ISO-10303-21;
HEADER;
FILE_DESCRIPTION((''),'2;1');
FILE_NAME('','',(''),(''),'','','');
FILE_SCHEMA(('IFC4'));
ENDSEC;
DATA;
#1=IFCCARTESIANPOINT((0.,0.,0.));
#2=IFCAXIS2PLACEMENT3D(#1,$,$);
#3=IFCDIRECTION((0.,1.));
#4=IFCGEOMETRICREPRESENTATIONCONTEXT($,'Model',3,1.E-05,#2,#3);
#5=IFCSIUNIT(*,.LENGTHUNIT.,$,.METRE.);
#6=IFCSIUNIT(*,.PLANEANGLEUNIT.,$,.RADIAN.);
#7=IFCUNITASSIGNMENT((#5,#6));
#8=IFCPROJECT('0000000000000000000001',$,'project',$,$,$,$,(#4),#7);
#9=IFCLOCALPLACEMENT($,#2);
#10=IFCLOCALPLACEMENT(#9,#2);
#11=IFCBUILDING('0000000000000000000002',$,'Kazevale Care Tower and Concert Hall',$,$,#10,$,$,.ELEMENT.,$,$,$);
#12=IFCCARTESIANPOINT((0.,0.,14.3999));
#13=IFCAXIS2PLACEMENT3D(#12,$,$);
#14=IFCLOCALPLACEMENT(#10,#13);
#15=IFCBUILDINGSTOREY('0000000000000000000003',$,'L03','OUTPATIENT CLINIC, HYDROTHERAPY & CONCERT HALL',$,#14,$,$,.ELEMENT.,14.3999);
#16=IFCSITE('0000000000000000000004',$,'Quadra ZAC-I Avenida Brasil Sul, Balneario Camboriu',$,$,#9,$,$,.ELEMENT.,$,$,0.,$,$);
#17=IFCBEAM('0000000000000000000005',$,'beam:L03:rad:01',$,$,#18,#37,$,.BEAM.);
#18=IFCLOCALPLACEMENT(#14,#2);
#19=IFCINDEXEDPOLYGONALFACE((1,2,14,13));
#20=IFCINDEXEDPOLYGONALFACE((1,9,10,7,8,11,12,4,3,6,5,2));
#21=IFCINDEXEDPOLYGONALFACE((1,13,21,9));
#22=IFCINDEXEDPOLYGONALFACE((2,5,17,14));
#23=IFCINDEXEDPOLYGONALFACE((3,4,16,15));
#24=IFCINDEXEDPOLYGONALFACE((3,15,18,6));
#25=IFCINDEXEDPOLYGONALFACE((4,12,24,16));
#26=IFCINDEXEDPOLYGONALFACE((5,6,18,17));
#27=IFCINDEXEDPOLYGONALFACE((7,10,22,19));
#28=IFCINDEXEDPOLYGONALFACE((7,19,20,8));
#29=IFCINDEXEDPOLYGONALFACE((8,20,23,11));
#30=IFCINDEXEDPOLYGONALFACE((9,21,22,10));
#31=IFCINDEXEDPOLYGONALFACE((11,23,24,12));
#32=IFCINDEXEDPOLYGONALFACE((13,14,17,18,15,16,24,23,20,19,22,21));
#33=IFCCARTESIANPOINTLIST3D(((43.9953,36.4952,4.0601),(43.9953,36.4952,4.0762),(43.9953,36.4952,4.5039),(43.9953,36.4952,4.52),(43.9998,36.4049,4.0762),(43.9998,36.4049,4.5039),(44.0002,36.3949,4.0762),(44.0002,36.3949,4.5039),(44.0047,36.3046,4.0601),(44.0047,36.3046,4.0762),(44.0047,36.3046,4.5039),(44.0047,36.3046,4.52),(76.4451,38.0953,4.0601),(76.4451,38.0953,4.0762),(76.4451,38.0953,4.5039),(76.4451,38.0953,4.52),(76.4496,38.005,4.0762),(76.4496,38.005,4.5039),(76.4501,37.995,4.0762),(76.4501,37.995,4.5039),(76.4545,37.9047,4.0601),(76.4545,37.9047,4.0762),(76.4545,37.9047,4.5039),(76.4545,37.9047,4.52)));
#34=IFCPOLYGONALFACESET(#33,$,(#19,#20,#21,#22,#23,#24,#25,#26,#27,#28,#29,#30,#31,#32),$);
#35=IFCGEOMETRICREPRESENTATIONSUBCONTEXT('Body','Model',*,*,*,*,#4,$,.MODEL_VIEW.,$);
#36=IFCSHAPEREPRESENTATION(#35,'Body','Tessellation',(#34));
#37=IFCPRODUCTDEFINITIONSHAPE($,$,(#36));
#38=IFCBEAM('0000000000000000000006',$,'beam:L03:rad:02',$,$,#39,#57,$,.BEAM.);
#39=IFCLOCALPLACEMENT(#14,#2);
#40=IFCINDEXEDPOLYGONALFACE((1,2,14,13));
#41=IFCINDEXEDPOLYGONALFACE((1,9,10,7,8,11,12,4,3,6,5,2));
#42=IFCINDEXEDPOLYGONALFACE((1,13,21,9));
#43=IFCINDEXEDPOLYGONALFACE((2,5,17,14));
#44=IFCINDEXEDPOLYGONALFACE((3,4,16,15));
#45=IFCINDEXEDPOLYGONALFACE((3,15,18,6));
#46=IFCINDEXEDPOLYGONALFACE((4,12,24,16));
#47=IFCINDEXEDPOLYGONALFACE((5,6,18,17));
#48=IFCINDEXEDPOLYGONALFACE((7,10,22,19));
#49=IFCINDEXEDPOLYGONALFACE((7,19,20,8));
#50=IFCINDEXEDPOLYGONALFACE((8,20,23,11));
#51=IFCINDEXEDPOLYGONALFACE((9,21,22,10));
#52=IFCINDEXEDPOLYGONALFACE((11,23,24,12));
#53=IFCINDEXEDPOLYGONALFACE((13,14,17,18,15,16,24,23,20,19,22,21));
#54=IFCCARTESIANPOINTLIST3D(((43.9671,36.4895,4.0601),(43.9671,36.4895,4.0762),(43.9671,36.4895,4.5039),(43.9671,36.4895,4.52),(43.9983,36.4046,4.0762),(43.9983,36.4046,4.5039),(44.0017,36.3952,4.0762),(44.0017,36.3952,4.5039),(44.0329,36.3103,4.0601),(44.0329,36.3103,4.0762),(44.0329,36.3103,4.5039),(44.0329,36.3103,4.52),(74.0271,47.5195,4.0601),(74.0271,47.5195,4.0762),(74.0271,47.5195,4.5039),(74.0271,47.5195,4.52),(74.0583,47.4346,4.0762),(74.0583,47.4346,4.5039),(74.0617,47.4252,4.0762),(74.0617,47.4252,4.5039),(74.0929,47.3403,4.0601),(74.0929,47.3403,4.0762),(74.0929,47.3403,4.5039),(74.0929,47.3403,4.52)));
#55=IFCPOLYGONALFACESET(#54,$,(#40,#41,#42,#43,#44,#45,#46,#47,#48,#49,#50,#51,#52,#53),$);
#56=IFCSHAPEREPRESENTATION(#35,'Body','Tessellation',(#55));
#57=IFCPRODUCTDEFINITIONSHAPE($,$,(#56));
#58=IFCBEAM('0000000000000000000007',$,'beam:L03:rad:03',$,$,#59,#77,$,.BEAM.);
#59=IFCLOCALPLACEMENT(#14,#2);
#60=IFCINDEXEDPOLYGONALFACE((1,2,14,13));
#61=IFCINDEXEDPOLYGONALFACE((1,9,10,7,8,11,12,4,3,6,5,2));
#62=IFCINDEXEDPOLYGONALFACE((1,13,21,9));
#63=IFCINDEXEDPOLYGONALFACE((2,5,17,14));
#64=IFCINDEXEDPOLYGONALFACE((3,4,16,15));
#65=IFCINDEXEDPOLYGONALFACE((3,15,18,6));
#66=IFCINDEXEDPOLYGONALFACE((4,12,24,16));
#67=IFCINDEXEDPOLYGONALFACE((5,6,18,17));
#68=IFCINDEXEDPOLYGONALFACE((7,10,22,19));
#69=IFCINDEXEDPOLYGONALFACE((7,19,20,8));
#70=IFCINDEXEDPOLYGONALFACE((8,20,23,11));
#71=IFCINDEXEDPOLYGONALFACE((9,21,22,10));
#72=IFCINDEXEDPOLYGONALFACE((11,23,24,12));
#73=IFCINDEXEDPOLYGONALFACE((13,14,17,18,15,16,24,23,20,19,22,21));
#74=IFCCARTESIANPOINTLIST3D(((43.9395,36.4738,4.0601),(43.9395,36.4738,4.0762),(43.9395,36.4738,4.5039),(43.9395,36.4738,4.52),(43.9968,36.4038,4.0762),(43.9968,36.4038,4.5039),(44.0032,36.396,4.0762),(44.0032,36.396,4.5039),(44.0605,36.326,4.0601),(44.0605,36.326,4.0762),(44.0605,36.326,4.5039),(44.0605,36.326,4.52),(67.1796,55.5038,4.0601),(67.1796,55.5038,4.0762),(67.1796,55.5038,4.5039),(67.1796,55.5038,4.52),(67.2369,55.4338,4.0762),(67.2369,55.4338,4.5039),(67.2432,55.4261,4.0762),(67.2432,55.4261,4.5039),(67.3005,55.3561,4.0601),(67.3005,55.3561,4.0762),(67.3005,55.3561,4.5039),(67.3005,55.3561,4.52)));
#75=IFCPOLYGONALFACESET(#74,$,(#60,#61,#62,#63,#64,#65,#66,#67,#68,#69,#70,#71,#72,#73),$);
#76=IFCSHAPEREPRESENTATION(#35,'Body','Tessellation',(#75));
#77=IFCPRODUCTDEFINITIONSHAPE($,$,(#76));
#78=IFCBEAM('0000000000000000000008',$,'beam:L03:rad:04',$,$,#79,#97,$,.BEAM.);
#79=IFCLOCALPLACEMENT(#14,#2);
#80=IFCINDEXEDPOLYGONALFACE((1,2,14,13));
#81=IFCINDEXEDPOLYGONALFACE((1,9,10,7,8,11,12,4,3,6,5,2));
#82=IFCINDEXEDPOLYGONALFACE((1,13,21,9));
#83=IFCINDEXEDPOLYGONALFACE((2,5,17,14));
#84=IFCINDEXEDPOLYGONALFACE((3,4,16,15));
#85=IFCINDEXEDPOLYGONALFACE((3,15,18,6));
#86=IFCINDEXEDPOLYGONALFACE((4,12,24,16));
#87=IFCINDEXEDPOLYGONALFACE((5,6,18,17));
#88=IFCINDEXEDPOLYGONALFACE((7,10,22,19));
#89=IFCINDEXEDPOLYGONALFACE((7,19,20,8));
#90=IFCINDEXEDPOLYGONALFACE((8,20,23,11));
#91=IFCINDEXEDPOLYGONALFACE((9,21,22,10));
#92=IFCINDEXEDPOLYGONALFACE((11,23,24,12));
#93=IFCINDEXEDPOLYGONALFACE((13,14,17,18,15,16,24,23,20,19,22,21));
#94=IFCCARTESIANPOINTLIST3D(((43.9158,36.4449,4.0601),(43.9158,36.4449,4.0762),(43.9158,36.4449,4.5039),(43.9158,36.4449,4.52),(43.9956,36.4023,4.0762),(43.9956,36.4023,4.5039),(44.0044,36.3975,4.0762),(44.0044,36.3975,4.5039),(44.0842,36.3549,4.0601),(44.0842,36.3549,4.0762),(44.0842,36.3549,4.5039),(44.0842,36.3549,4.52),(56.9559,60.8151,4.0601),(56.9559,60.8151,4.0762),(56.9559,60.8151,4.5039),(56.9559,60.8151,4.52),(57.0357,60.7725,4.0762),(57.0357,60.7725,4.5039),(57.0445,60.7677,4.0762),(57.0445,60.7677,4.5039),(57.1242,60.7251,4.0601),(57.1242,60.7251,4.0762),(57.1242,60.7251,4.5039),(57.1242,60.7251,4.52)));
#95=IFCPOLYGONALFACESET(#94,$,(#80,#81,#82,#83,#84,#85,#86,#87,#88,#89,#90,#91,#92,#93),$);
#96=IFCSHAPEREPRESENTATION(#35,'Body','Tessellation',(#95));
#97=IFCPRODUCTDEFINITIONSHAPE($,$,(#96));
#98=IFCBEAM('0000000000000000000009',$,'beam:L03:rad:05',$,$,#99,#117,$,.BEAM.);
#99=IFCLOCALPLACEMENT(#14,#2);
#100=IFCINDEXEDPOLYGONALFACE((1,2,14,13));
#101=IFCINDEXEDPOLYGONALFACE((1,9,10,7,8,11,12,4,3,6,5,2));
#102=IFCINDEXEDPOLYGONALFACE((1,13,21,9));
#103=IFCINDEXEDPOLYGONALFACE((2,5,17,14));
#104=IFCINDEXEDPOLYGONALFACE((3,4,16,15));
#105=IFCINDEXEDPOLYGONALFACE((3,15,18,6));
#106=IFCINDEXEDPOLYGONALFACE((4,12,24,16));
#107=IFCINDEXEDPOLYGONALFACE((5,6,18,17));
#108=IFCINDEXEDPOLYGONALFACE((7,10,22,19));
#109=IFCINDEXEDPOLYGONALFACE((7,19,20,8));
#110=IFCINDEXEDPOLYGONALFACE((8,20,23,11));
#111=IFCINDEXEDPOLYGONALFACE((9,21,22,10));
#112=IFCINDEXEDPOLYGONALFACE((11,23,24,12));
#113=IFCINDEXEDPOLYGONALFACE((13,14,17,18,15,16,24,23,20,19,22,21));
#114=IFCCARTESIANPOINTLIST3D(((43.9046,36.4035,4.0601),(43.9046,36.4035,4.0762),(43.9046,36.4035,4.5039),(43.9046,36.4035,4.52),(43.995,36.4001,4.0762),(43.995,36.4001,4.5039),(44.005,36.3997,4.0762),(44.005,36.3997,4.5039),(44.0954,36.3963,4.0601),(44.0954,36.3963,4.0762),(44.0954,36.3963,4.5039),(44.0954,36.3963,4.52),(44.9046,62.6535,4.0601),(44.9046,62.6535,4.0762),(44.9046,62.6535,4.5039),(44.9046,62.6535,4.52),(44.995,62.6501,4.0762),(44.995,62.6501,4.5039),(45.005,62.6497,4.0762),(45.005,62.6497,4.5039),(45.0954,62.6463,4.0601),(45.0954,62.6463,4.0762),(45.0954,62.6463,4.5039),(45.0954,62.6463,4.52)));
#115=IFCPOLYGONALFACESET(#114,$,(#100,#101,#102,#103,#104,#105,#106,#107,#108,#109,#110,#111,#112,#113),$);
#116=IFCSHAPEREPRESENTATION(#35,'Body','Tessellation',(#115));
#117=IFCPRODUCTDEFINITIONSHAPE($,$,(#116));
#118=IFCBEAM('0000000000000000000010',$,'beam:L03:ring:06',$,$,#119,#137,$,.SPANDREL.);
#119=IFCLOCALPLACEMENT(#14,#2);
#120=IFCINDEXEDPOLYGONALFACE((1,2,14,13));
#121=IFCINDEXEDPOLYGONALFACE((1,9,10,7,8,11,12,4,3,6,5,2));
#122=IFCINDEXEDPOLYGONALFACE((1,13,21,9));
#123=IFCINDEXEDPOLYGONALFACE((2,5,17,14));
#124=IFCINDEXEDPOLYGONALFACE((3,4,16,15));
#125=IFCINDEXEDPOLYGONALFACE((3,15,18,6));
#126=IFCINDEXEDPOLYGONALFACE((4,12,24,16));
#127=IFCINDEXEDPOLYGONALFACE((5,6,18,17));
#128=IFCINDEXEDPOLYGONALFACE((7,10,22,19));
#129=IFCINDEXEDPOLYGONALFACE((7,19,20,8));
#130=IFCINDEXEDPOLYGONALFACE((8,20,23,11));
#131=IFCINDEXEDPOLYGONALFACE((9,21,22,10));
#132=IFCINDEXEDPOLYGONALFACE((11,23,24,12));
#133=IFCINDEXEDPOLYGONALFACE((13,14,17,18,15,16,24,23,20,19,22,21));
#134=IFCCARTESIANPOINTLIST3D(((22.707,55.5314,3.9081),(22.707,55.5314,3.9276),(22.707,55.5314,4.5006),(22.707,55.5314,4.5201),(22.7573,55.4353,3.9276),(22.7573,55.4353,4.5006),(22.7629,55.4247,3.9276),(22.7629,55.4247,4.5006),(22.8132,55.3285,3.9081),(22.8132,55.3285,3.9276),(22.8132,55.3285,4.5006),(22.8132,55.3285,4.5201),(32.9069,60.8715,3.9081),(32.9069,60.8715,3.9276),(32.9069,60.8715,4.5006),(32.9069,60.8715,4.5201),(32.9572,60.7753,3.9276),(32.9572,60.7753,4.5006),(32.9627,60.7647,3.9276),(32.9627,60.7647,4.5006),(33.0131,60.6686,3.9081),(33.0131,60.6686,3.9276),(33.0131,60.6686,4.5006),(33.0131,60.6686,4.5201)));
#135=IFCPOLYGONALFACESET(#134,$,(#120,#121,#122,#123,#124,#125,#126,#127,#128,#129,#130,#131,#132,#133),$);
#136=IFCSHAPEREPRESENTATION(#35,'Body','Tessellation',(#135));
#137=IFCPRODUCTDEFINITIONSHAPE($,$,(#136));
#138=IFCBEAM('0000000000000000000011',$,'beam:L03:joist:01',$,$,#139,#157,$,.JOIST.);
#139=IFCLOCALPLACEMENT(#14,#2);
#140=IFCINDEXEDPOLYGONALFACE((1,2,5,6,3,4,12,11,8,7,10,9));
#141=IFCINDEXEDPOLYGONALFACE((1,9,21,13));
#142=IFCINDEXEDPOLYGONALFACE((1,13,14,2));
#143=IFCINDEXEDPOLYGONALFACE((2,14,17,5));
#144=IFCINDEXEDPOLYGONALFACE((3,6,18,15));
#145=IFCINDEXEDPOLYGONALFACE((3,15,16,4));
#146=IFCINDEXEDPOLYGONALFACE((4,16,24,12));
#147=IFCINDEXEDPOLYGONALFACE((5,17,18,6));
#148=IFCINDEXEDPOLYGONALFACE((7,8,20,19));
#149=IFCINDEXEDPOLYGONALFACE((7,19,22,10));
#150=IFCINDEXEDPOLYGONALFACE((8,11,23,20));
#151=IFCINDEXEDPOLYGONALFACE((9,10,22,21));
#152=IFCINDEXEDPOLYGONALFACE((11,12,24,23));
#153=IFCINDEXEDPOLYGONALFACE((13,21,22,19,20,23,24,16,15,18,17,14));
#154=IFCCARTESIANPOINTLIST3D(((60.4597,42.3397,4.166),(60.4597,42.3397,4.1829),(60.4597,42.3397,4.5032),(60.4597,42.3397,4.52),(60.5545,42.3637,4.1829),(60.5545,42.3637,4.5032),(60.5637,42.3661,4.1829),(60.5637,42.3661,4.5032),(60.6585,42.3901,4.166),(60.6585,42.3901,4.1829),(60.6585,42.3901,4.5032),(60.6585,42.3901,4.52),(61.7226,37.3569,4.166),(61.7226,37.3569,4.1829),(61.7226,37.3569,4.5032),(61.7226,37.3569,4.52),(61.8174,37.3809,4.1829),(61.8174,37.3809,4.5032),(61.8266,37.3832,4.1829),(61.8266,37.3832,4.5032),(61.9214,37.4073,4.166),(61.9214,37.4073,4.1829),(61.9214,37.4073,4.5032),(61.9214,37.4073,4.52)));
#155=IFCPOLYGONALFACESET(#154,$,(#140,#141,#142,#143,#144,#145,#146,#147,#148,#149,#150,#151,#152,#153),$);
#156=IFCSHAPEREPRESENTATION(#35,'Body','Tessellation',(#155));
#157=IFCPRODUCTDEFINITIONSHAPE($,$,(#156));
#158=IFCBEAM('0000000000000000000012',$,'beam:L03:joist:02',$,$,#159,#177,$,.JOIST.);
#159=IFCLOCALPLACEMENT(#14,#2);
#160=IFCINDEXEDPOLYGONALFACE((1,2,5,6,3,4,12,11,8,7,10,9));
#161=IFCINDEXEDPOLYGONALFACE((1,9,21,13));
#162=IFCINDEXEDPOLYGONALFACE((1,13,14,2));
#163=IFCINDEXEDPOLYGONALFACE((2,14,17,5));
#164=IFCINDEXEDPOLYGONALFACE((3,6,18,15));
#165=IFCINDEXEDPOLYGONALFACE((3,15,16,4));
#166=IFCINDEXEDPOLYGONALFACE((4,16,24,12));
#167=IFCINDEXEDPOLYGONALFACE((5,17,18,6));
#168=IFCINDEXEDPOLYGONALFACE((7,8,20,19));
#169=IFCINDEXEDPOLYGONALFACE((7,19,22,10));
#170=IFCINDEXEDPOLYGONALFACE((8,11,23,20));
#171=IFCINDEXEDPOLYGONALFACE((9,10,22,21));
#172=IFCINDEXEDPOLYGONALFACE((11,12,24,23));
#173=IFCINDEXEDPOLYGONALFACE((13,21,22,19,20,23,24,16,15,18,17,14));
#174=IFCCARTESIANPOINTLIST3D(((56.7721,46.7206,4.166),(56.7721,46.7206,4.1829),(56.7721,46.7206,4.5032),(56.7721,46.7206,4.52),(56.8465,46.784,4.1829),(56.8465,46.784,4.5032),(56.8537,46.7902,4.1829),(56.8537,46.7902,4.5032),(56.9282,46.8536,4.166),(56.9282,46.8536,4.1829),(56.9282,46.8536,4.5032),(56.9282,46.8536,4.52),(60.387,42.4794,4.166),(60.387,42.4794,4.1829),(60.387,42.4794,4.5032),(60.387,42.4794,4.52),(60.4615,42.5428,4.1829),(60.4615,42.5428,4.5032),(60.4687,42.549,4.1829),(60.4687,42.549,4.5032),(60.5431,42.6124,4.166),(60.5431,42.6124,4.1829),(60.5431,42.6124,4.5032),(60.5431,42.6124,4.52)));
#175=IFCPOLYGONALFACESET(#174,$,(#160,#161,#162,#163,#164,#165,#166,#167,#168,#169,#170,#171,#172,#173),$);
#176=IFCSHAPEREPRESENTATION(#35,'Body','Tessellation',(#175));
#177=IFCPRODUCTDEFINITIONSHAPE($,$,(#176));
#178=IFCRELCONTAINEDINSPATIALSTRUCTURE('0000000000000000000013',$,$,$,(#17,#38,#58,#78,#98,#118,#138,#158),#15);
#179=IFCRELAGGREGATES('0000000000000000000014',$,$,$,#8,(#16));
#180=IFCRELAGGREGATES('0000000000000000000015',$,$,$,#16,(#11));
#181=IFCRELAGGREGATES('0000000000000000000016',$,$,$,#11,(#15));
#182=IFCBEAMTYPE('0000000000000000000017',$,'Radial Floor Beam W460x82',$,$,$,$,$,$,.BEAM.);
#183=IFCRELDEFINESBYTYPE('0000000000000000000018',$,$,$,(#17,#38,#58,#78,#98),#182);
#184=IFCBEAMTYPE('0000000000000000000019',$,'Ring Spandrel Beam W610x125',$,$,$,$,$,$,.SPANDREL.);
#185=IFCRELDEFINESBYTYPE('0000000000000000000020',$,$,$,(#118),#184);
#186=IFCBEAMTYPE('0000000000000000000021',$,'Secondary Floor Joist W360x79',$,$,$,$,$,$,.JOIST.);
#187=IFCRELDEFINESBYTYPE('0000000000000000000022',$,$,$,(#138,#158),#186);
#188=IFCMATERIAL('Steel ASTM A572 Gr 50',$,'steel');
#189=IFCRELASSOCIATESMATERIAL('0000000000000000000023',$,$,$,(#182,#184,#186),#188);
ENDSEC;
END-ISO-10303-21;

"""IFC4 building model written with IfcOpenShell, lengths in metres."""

from ifc_helpers import new_model, si_unit, direction, frame, origin, origin_2d, place, context, subcontext, project, spatial, i_section, extrude, material, material_profile, profile_set, type_object, element, save


model = new_model("IFC4")

# Units and contexts
model_context = context("Model", 3, precision=1e-05, world=origin(), true_north=direction((0.0, 1.0)))
body_context = subcontext(model_context, "Body", "Model", "MODEL_VIEW")
ifc_project = project(units=[si_unit("LENGTHUNIT", "METRE"), si_unit("PLANEANGLEUNIT", "RADIAN")], contexts=[model_context])

# Site, building, storey
site_placement = place(None, origin())
site = spatial("IfcSite", under=ifc_project, at=site_placement, Name="Quadra ZAC-I Avenida Brasil Sul, Balneario Camboriu", CompositionType="ELEMENT", RefElevation=0.0)
building_placement = place(site_placement, origin())
building = spatial("IfcBuilding", under=site, at=building_placement, Name="Kazevale Care Tower and Concert Hall", CompositionType="ELEMENT")
storey_placement = place(building_placement, frame((0.0, 0.0, 14.3999)))
storey = spatial("IfcBuildingStorey", under=building, at=storey_placement, Name="L03", Description="OUTPATIENT CLINIC, HYDROTHERAPY & CONCERT HALL", CompositionType="ELEMENT", Elevation=14.3999)

# Beams
ifc_material_1 = material(Name="Steel ASTM A572 Gr 50", Category="steel")
ifc_material_profile_1 = material_profile(ifc_material_1, i_section(OverallWidth=0.1909, OverallDepth=0.46, WebThickness=0.01, FlangeThickness=0.0161, at=origin_2d()), Name="W460x82")
ifc_profile_set_1 = profile_set([ifc_material_profile_1], Name="Steel ASTM A572 Gr 50")
beam_type_1 = type_object("IfcBeamType", Name="Radial Floor Beam W460x82", PredefinedType="BEAM", material=ifc_profile_set_1)
beam_1_placement = place(storey_placement, frame((44.0, 36.3999, 4.29), z_axis=(0.998786, 0.04925, 0.0), x_axis=(-0.04925, 0.998786, 0.0)))
element("IfcBeam", 1, at=beam_1_placement, inside=storey, type_object=beam_type_1, Name="beam:L03:rad:01", PredefinedType="BEAM", context=body_context, shape_type="SweptSolid", body=[
    extrude(i_section(OverallWidth=0.1909, OverallDepth=0.46, WebThickness=0.01, FlangeThickness=0.0161, at=origin_2d()), origin(), (0.0, 0.0, 1.0), 32.4893),
])
beam_2_placement = place(storey_placement, frame((44.0, 36.3999, 4.29), z_axis=(0.938795, 0.344475, 0.0), x_axis=(-0.344475, 0.938795, 0.0)))
element("IfcBeam", 2, at=beam_2_placement, inside=storey, type_object=beam_type_1, Name="beam:L03:rad:02", PredefinedType="BEAM", context=body_context, shape_type="SweptSolid", body=[
    extrude(i_section(OverallWidth=0.1909, OverallDepth=0.46, WebThickness=0.01, FlangeThickness=0.0161, at=origin_2d()), origin(), (0.0, 0.0, 1.0), 32.0198),
])
beam_3_placement = place(storey_placement, frame((44.0, 36.3999, 4.29), z_axis=(0.773704, 0.633547, 0.0), x_axis=(-0.633547, 0.773704, 0.0)))
element("IfcBeam", 3, at=beam_3_placement, inside=storey, type_object=beam_type_1, Name="beam:L03:rad:03", PredefinedType="BEAM", context=body_context, shape_type="SweptSolid", body=[
    extrude(i_section(OverallWidth=0.1909, OverallDepth=0.46, WebThickness=0.01, FlangeThickness=0.0161, at=origin_2d()), origin(), (0.0, 0.0, 1.0), 30.0374),
])
beam_4_placement = place(storey_placement, frame((44.0, 36.3999, 4.29), z_axis=(0.471789, 0.881712, 0.0), x_axis=(-0.881712, 0.471789, 0.0)))
element("IfcBeam", 4, at=beam_4_placement, inside=storey, type_object=beam_type_1, Name="beam:L03:rad:04", PredefinedType="BEAM", context=body_context, shape_type="SweptSolid", body=[
    extrude(i_section(OverallWidth=0.1909, OverallDepth=0.46, WebThickness=0.01, FlangeThickness=0.0161, at=origin_2d()), origin(), (0.0, 0.0, 1.0), 27.6396),
])
beam_5_placement = place(storey_placement, frame((44.0, 36.3999, 4.29), z_axis=(0.038068, 0.999275, 0.0), x_axis=(-0.999275, 0.038068, 0.0)))
element("IfcBeam", 5, at=beam_5_placement, inside=storey, type_object=beam_type_1, Name="beam:L03:rad:05", PredefinedType="BEAM", context=body_context, shape_type="SweptSolid", body=[
    extrude(i_section(OverallWidth=0.1909, OverallDepth=0.46, WebThickness=0.01, FlangeThickness=0.0161, at=origin_2d()), origin(), (0.0, 0.0, 1.0), 26.269),
])
ifc_material_profile_2 = material_profile(ifc_material_1, i_section(OverallWidth=0.229, OverallDepth=0.6121, WebThickness=0.012, FlangeThickness=0.0195, at=origin_2d()), Name="W610x125")
ifc_profile_set_2 = profile_set([ifc_material_profile_2], Name="Steel ASTM A572 Gr 50")
beam_type_2 = type_object("IfcBeamType", Name="Ring Spandrel Beam W610x125", PredefinedType="SPANDREL", material=ifc_profile_set_2)
beam_6_placement = place(storey_placement, frame((32.96, 60.77, 4.2141), z_axis=(-0.885929, -0.46382, 0.0), x_axis=(0.46382, -0.885929, 0.0)))
element("IfcBeam", 6, at=beam_6_placement, inside=storey, type_object=beam_type_2, Name="beam:L03:ring:06", PredefinedType="SPANDREL", context=body_context, shape_type="SweptSolid", body=[
    extrude(i_section(OverallWidth=0.229, OverallDepth=0.6121, WebThickness=0.012, FlangeThickness=0.0195, at=origin_2d()), origin(), (0.0, 0.0, 1.0), 11.5132),
])
ifc_material_profile_3 = material_profile(ifc_material_1, i_section(OverallWidth=0.2051, OverallDepth=0.354, WebThickness=0.0095, FlangeThickness=0.0168, at=origin_2d()), Name="W360x79")
ifc_profile_set_3 = profile_set([ifc_material_profile_3], Name="Steel ASTM A572 Gr 50")
beam_type_3 = type_object("IfcBeamType", Name="Secondary Floor Joist W360x79", PredefinedType="JOIST", material=ifc_profile_set_3)
beam_7_placement = place(storey_placement, frame((61.822, 37.3821, 4.343), z_axis=(-0.245686, 0.96935, 0.0), x_axis=(-0.96935, -0.245686, 0.0)))
element("IfcBeam", 7, at=beam_7_placement, inside=storey, type_object=beam_type_3, Name="beam:L03:joist:01", PredefinedType="JOIST", context=body_context, shape_type="SweptSolid", body=[
    extrude(i_section(OverallWidth=0.2051, OverallDepth=0.354, WebThickness=0.0095, FlangeThickness=0.0168, at=origin_2d()), origin(), (0.0, 0.0, 1.0), 5.1404),
])
beam_8_placement = place(storey_placement, frame((60.4651, 42.5459, 4.343), z_axis=(-0.648686, 0.761057, 0.0), x_axis=(-0.761057, -0.648686, 0.0)))
element("IfcBeam", 8, at=beam_8_placement, inside=storey, type_object=beam_type_3, Name="beam:L03:joist:02", PredefinedType="JOIST", context=body_context, shape_type="SweptSolid", body=[
    extrude(i_section(OverallWidth=0.2051, OverallDepth=0.354, WebThickness=0.0095, FlangeThickness=0.0168, at=origin_2d()), origin(), (0.0, 0.0, 1.0), 5.5728),
])

save(model, "model.ifc")
